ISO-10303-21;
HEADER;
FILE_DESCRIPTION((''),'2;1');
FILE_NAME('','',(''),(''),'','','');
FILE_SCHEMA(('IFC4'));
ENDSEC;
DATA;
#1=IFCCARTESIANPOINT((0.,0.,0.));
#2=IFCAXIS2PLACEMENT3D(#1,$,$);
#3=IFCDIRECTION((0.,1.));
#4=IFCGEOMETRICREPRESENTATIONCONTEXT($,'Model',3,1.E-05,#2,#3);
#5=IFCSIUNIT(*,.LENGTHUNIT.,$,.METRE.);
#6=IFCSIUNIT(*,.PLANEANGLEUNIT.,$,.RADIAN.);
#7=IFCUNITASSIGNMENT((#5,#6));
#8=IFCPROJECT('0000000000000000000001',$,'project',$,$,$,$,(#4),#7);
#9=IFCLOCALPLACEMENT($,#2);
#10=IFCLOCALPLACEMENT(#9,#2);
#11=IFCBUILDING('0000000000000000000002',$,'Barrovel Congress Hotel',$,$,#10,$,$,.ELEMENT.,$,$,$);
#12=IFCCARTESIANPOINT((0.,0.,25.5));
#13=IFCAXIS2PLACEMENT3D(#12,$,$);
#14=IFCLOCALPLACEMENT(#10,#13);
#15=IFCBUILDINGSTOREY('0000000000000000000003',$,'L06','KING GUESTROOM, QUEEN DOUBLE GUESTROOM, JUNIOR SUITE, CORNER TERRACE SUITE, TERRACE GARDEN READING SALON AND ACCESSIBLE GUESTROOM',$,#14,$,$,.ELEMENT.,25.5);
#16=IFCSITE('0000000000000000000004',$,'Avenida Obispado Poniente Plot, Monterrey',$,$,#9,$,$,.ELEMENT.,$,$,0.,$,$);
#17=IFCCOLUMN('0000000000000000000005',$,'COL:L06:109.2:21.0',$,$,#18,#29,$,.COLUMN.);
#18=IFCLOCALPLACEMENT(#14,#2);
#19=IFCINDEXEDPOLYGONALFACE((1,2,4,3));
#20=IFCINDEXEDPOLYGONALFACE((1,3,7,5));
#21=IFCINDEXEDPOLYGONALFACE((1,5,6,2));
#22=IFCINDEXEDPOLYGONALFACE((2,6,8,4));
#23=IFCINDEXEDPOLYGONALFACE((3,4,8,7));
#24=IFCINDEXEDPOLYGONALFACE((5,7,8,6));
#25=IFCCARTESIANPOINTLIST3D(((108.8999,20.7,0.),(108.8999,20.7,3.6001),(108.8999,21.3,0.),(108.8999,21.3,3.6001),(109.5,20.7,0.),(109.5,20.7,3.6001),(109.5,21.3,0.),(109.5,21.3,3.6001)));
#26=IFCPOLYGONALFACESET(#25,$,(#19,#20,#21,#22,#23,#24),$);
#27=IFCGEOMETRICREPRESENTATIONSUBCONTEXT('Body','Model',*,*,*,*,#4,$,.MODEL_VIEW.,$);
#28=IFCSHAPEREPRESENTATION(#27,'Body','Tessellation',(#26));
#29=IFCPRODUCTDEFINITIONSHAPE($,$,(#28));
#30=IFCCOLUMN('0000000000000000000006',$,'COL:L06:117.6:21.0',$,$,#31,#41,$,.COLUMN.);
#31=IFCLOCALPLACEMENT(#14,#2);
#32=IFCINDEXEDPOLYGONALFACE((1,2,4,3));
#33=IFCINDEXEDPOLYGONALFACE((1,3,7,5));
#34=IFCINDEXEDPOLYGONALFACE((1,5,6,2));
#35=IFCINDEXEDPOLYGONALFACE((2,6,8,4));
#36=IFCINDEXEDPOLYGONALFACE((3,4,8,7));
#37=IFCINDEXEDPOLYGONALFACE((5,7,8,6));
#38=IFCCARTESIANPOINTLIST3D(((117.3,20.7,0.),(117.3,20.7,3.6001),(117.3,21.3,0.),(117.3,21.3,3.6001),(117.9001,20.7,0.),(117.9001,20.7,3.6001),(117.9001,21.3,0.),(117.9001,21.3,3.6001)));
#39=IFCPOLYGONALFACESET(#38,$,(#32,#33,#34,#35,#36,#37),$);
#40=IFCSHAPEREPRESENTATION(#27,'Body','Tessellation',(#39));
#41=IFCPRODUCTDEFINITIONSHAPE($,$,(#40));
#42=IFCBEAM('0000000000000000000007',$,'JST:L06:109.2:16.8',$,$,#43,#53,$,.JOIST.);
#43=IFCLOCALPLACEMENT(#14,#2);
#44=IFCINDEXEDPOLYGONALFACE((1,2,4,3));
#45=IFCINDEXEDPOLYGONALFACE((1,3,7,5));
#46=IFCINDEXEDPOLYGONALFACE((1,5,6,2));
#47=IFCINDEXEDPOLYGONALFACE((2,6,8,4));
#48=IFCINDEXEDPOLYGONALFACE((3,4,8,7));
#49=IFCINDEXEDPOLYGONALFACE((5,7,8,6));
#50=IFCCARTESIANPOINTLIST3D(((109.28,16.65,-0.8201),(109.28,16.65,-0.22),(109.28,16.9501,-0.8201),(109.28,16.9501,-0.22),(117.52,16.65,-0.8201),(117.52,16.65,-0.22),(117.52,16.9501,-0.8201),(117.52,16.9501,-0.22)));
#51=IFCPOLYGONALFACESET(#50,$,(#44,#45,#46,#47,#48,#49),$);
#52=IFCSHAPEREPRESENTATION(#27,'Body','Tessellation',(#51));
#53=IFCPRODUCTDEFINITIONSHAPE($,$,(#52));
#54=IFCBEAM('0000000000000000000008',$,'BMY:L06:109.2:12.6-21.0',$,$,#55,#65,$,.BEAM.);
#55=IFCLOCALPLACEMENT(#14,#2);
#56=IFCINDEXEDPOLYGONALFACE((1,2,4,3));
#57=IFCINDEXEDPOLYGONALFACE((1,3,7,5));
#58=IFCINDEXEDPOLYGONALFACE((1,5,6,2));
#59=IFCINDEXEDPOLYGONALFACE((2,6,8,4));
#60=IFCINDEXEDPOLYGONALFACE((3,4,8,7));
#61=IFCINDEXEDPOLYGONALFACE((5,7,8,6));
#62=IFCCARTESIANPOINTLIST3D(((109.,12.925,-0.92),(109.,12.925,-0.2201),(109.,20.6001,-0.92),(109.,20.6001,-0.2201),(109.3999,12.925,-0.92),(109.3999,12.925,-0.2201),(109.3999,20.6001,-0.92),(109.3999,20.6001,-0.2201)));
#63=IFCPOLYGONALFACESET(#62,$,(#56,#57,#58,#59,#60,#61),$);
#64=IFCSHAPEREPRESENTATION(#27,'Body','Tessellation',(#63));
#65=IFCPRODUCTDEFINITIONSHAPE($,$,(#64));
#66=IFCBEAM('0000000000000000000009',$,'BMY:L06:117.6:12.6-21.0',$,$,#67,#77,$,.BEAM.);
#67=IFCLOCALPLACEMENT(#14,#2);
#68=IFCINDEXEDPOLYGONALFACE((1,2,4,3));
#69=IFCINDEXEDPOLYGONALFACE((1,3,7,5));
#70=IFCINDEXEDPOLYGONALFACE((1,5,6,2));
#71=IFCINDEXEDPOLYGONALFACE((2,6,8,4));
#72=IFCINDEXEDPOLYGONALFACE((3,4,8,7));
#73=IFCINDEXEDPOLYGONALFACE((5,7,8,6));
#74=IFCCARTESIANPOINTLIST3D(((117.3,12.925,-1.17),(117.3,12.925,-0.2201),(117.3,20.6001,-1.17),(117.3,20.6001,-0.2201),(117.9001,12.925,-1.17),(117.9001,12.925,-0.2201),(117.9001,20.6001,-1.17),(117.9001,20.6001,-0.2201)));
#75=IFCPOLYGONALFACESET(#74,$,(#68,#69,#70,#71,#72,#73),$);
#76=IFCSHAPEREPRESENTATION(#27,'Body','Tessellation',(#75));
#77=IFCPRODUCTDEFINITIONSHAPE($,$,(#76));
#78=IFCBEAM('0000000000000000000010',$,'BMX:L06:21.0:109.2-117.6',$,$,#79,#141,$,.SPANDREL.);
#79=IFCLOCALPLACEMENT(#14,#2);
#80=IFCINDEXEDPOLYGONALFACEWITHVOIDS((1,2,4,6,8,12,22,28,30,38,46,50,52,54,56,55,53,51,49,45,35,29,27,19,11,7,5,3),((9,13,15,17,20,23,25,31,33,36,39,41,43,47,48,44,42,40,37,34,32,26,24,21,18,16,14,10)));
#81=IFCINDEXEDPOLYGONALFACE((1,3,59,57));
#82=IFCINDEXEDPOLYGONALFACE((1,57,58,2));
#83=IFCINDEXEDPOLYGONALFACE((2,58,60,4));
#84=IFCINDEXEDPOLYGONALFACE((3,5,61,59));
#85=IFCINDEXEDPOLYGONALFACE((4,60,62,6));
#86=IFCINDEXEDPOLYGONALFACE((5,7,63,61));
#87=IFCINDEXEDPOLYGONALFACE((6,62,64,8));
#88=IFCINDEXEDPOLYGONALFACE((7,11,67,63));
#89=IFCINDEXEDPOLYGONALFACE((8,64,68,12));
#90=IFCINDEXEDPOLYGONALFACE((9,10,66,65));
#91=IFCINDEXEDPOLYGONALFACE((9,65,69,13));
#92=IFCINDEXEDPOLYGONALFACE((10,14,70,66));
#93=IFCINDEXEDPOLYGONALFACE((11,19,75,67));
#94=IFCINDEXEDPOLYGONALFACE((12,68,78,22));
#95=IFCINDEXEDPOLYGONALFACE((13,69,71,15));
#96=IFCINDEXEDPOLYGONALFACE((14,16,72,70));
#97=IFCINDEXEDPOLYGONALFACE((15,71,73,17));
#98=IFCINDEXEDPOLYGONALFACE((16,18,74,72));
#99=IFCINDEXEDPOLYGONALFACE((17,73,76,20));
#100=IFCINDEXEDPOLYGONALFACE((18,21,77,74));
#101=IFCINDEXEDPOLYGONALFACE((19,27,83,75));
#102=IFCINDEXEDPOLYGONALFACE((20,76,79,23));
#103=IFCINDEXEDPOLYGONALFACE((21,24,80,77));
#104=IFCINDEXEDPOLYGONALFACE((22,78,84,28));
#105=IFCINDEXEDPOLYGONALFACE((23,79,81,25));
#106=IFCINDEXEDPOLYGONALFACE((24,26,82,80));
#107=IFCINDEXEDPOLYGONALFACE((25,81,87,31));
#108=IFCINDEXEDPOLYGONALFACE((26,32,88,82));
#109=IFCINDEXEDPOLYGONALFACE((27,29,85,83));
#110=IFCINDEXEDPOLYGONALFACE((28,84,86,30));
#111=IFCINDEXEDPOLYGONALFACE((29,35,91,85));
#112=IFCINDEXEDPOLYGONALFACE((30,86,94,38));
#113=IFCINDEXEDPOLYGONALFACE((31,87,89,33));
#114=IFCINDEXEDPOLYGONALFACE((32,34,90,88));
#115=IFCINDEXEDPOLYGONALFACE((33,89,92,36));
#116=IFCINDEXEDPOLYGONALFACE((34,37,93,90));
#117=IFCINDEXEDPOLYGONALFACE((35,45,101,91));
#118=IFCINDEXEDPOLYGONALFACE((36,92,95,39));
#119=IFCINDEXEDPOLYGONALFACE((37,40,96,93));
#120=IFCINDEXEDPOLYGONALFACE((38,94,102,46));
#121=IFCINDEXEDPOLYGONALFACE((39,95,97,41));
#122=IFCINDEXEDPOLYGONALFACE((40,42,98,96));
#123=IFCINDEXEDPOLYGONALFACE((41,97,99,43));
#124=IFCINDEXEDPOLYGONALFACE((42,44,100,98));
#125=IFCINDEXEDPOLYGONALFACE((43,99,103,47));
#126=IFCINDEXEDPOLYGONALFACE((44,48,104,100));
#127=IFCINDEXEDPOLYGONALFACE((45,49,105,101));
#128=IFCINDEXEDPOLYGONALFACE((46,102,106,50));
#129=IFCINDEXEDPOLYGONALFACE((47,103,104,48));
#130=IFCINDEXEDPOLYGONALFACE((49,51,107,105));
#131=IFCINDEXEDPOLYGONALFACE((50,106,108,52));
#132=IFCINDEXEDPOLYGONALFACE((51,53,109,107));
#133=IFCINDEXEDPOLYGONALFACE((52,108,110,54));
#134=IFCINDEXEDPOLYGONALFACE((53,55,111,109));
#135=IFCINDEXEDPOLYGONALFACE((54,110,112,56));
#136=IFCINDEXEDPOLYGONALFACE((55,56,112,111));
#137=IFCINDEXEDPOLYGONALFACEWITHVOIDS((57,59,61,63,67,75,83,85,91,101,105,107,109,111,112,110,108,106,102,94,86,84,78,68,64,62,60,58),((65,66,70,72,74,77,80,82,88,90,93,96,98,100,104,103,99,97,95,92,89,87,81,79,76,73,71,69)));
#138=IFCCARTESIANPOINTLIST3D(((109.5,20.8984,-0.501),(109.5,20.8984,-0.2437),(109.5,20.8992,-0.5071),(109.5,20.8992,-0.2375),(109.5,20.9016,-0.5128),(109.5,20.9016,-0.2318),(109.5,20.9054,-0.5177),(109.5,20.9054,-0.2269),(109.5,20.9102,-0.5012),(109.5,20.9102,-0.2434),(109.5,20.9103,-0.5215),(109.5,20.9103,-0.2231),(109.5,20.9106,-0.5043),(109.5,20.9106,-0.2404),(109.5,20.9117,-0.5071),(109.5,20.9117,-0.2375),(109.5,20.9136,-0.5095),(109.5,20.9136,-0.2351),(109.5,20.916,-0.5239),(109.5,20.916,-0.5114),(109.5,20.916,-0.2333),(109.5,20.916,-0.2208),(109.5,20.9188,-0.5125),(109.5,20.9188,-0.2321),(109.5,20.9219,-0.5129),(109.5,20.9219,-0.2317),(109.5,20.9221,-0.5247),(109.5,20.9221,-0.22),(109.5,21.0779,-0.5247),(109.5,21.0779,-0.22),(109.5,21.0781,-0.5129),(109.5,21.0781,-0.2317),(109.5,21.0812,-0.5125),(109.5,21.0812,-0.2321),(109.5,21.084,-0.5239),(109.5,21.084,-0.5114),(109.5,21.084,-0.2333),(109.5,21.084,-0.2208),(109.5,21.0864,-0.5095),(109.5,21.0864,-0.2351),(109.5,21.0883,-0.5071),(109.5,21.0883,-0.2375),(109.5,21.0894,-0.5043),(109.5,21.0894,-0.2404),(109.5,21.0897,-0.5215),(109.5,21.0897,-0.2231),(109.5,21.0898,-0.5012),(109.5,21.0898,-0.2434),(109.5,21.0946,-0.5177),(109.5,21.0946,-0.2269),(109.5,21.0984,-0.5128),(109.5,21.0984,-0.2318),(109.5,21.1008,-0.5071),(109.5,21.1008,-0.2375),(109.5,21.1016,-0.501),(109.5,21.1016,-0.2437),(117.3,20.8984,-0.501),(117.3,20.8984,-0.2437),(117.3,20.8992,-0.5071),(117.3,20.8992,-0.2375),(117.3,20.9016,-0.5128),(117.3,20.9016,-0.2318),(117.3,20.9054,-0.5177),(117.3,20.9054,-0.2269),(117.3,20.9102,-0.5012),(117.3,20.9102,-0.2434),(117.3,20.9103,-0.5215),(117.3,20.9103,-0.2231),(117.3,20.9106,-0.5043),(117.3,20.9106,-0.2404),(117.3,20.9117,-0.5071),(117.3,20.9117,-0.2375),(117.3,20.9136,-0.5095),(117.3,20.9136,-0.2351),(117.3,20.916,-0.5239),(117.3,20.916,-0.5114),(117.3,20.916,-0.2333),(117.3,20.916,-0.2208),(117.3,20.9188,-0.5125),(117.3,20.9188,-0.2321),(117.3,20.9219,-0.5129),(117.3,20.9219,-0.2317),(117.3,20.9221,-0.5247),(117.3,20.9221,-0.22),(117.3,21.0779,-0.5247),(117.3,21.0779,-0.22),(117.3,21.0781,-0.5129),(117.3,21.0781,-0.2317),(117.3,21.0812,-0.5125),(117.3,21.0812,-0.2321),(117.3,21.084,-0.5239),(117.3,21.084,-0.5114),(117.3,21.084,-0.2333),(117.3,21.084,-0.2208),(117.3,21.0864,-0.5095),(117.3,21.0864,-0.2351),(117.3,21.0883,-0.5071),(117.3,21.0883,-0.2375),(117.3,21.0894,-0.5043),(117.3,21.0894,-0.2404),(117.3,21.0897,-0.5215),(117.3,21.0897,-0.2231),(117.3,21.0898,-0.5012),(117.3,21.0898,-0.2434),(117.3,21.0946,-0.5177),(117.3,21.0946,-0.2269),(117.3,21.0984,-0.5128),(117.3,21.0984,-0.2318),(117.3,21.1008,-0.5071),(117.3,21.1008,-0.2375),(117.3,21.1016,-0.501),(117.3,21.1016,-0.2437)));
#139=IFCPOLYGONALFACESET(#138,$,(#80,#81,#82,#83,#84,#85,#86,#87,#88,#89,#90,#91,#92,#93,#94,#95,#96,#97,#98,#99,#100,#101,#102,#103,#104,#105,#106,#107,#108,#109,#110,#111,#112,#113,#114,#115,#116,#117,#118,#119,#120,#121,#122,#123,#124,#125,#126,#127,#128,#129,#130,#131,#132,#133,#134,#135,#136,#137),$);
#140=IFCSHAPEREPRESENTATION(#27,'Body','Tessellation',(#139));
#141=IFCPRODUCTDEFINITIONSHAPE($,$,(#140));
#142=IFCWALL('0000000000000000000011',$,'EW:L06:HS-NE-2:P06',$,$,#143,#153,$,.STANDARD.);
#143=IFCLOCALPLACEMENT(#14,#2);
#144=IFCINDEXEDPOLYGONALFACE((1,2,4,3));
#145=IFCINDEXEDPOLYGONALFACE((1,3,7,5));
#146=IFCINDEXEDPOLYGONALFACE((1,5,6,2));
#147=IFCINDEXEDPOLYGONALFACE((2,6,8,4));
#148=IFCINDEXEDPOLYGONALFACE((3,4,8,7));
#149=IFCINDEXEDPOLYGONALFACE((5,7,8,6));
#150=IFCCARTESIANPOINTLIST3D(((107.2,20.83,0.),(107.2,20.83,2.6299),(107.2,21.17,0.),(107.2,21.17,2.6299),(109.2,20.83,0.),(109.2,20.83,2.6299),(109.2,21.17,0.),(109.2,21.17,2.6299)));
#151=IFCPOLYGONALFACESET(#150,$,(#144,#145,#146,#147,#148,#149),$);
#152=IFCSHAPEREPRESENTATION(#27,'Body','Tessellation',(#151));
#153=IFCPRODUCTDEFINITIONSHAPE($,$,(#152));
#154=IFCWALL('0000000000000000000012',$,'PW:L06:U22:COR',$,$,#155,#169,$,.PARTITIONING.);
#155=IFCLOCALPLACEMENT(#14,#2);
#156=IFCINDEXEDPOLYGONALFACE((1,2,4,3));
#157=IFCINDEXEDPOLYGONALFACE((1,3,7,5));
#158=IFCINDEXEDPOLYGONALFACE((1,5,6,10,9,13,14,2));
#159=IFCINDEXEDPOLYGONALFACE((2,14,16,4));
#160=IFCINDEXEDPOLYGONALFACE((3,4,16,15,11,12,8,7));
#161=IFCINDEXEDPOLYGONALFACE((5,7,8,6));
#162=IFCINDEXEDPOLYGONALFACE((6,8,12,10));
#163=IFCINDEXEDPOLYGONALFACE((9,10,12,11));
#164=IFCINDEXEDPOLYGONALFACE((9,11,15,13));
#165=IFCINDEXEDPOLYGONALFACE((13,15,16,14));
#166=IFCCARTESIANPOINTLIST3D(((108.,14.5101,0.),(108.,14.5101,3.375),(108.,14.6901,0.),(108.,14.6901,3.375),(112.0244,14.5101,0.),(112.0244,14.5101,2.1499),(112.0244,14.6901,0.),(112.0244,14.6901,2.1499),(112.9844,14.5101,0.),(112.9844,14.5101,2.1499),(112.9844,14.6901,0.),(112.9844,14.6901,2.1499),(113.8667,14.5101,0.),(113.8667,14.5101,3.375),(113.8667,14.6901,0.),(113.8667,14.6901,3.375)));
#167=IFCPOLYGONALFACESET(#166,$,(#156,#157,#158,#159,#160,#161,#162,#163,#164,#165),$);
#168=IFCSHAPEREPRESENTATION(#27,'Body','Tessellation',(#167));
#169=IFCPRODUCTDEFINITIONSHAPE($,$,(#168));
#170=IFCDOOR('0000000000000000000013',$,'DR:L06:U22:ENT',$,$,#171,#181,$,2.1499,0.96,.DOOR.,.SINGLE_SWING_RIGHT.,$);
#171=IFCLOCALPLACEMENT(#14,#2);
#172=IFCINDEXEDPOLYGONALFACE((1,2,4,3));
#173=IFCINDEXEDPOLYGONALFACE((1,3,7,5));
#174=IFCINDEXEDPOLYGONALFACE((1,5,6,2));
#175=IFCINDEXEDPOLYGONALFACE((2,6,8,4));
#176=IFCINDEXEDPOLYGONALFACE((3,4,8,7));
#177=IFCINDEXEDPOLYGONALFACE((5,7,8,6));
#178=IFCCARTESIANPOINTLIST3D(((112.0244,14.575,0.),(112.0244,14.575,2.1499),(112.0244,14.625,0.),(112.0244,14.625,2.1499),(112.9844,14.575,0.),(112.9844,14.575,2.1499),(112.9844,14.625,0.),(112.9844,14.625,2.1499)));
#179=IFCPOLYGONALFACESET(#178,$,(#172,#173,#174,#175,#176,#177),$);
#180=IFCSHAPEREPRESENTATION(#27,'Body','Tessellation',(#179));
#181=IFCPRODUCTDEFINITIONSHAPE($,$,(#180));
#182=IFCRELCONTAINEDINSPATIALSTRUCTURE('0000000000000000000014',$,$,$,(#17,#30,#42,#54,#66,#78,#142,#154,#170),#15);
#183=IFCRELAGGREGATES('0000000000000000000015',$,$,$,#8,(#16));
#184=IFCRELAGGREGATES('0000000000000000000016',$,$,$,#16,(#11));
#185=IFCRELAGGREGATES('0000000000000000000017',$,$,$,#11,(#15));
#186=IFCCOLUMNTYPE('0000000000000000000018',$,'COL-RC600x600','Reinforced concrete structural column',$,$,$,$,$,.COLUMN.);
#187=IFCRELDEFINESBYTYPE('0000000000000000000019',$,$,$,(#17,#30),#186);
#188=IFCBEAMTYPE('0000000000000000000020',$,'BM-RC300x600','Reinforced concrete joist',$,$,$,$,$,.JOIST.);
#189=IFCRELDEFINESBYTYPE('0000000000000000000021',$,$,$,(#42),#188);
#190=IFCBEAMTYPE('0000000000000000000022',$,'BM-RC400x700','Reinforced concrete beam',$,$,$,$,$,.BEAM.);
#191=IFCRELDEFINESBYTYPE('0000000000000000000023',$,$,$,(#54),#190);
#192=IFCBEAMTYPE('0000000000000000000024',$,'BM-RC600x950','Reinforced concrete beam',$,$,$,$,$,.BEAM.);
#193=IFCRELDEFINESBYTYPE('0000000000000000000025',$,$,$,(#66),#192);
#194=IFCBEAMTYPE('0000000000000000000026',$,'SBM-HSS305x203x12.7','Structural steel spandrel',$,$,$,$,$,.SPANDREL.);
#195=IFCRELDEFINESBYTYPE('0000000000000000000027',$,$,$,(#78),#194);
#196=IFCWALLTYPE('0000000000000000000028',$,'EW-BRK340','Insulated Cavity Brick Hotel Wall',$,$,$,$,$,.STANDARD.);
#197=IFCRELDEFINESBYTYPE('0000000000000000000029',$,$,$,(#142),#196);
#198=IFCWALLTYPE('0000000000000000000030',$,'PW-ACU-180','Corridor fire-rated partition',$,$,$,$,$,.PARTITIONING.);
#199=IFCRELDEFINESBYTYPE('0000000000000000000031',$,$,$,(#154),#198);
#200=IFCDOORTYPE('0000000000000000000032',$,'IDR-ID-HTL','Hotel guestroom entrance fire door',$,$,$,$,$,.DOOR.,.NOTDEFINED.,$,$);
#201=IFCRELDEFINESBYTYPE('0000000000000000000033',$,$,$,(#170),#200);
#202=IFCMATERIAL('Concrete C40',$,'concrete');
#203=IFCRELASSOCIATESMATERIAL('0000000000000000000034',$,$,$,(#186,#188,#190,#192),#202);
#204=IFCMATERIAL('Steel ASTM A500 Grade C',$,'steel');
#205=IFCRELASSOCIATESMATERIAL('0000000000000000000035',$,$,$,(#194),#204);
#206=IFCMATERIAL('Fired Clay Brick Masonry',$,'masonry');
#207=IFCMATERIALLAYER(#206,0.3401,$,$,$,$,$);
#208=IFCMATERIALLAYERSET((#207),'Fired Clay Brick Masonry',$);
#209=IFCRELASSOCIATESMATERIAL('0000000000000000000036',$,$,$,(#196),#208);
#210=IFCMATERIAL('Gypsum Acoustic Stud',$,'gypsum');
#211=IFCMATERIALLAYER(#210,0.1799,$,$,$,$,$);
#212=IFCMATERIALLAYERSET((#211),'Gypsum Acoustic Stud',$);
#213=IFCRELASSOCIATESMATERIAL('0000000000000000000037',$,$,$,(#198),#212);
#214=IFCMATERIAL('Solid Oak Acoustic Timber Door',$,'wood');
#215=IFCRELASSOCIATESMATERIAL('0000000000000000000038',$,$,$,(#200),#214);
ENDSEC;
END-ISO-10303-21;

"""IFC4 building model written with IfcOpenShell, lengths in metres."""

from ifc_helpers import new_model, si_unit, direction, frame, frame_2d, origin, origin_2d, place, context, subcontext, project, spatial, rectangle, hollow_rectangle, extrude, material, layer, layer_set, material_profile, profile_set, type_object, element, fill, save


model = new_model("IFC4")

# Units and contexts
model_context = context("Model", 3, precision=1e-05, world=origin(), true_north=direction((0.0, 1.0)))
body_context = subcontext(model_context, "Body", "Model", "MODEL_VIEW")
ifc_project = project(units=[si_unit("LENGTHUNIT", "METRE"), si_unit("PLANEANGLEUNIT", "RADIAN")], contexts=[model_context])

# Site, building, storey
site_placement = place(None, origin())
site = spatial("IfcSite", under=ifc_project, at=site_placement, Name="Avenida Obispado Poniente Plot, Monterrey", CompositionType="ELEMENT", RefElevation=0.0)
building_placement = place(site_placement, origin())
building = spatial("IfcBuilding", under=site, at=building_placement, Name="Barrovel Congress Hotel", CompositionType="ELEMENT")
storey_placement = place(building_placement, frame((0.0, 0.0, 25.5)))
storey = spatial("IfcBuildingStorey", under=building, at=storey_placement, Name="L06", Description="KING GUESTROOM, QUEEN DOUBLE GUESTROOM, JUNIOR SUITE, CORNER TERRACE SUITE, TERRACE GARDEN READING SALON AND ACCESSIBLE GUESTROOM", CompositionType="ELEMENT", Elevation=25.5)

# Columns
ifc_material_1 = material(Name="Concrete C40", Category="concrete")
ifc_material_profile_1 = material_profile(ifc_material_1, rectangle(XDim=0.6001, YDim=0.6001, at=origin_2d()), Name="RC600x600")
ifc_profile_set_1 = profile_set([ifc_material_profile_1], Name="Concrete C40")
column_type = type_object("IfcColumnType", Name="COL-RC600x600", Description="Reinforced concrete structural column", PredefinedType="COLUMN", material=ifc_profile_set_1)
for number, where, z_axis, x_axis, name in (
    (1, (109.2, 21.0, 0.0), (0.0, 0.0, 1.0), (1.0, 0.0, 0.0), "COL:L06:109.2:21.0"),
    (2, (117.6001, 21.0, 0.0), (0.0, 0.0, 1.0), (1.0, 0.0, 0.0), "COL:L06:117.6:21.0"),
):
    element("IfcColumn", number, at=place(storey_placement, frame(where, z_axis=z_axis, x_axis=x_axis)), inside=storey, type_object=column_type, Name=name, PredefinedType="COLUMN", context=body_context, shape_type="SweptSolid", body=[
        extrude(rectangle(XDim=0.6001, YDim=0.6001, at=origin_2d()), origin(), (0.0, 0.0, 1.0), 3.6001),
    ])

# Beams
ifc_material_profile_2 = material_profile(ifc_material_1, rectangle(XDim=0.3, YDim=0.6001, at=origin_2d()), Name="RC300x600")
ifc_profile_set_2 = profile_set([ifc_material_profile_2], Name="Concrete C40")
beam_type_1 = type_object("IfcBeamType", Name="BM-RC300x600", Description="Reinforced concrete joist", PredefinedType="JOIST", material=ifc_profile_set_2)
beam_1_placement = place(storey_placement, frame((109.28, 16.8, -0.52), z_axis=(1.0, 0.0, 0.0), x_axis=(0.0, 1.0, 0.0)))
element("IfcBeam", 3, at=beam_1_placement, inside=storey, type_object=beam_type_1, Name="JST:L06:109.2:16.8", PredefinedType="JOIST", context=body_context, shape_type="SweptSolid", body=[
    extrude(rectangle(XDim=0.3, YDim=0.6001, at=origin_2d()), origin(), (0.0, 0.0, 1.0), 8.24),
])
ifc_material_profile_3 = material_profile(ifc_material_1, rectangle(XDim=0.3999, YDim=0.7, at=origin_2d()), Name="RC400x700")
ifc_profile_set_3 = profile_set([ifc_material_profile_3], Name="Concrete C40")
beam_type_2 = type_object("IfcBeamType", Name="BM-RC400x700", Description="Reinforced concrete beam", PredefinedType="BEAM", material=ifc_profile_set_3)
beam_2_placement = place(storey_placement, frame((109.2, 12.925, -0.5701), z_axis=(0.0, 1.0, 0.0), x_axis=(-1.0, 0.0, 0.0)))
element("IfcBeam", 4, at=beam_2_placement, inside=storey, type_object=beam_type_2, Name="BMY:L06:109.2:12.6-21.0", PredefinedType="BEAM", context=body_context, shape_type="SweptSolid", body=[
    extrude(rectangle(XDim=0.3999, YDim=0.7, at=origin_2d()), origin(), (0.0, 0.0, 1.0), 7.675),
])
ifc_material_profile_4 = material_profile(ifc_material_1, rectangle(XDim=0.6001, YDim=0.95, at=origin_2d()), Name="RC600x950")
ifc_profile_set_4 = profile_set([ifc_material_profile_4], Name="Concrete C40")
beam_type_3 = type_object("IfcBeamType", Name="BM-RC600x950", Description="Reinforced concrete beam", PredefinedType="BEAM", material=ifc_profile_set_4)
beam_3_placement = place(storey_placement, frame((117.6001, 12.925, -0.6951), z_axis=(0.0, 1.0, 0.0), x_axis=(-1.0, 0.0, 0.0)))
element("IfcBeam", 5, at=beam_3_placement, inside=storey, type_object=beam_type_3, Name="BMY:L06:117.6:12.6-21.0", PredefinedType="BEAM", context=body_context, shape_type="SweptSolid", body=[
    extrude(rectangle(XDim=0.6001, YDim=0.95, at=origin_2d()), origin(), (0.0, 0.0, 1.0), 7.675),
])
ifc_material_2 = material(Name="Steel ASTM A500 Grade C", Category="steel")
ifc_material_profile_5 = material_profile(ifc_material_2, hollow_rectangle(XDim=0.2031, YDim=0.3047, WallThickness=0.0117, InnerFilletRadius=0.0117, OuterFilletRadius=0.0237, at=origin_2d()), Name="HSS305x203x12.7")
ifc_profile_set_5 = profile_set([ifc_material_profile_5], Name="Steel ASTM A500 Grade C")
beam_type_4 = type_object("IfcBeamType", Name="SBM-HSS305x203x12.7", Description="Structural steel spandrel", PredefinedType="SPANDREL", material=ifc_profile_set_5)
beam_4_placement = place(storey_placement, frame((109.5, 21.0, -0.3723), z_axis=(1.0, 0.0, 0.0), x_axis=(0.0, 1.0, 0.0)))
element("IfcBeam", 6, at=beam_4_placement, inside=storey, type_object=beam_type_4, Name="BMX:L06:21.0:109.2-117.6", PredefinedType="SPANDREL", context=body_context, shape_type="SweptSolid", body=[
    extrude(hollow_rectangle(XDim=0.2031, YDim=0.3047, WallThickness=0.0117, InnerFilletRadius=0.0117, OuterFilletRadius=0.0237, at=origin_2d()), origin(), (0.0, 0.0, 1.0), 7.8),
])

# Wall
ifc_material_3 = material(Name="Fired Clay Brick Masonry", Category="masonry")
ifc_layer_1 = layer(ifc_material_3, 0.3401)
ifc_layer_set_1 = layer_set([ifc_layer_1], Name="Fired Clay Brick Masonry")
wall_type_1 = type_object("IfcWallType", Name="EW-BRK340", Description="Insulated Cavity Brick Hotel Wall", PredefinedType="STANDARD", material=ifc_layer_set_1)
wall_1_placement = place(storey_placement, frame((109.2, 21.0, 0.0), z_axis=(0.0, 0.0, 1.0), x_axis=(-1.0, 0.0, 0.0)))
element("IfcWall", 7, at=wall_1_placement, inside=storey, type_object=wall_type_1, Name="EW:L06:HS-NE-2:P06", PredefinedType="STANDARD", context=body_context, shape_type="SweptSolid", body=[
    extrude(rectangle(XDim=2.0, YDim=0.3401, at=frame_2d((1.0, 0.0))), origin(), (0.0, 0.0, 1.0), 2.6299),
])

# Wall, opening, door
ifc_material_4 = material(Name="Gypsum Acoustic Stud", Category="gypsum")
ifc_layer_2 = layer(ifc_material_4, 0.1799)
ifc_layer_set_2 = layer_set([ifc_layer_2], Name="Gypsum Acoustic Stud")
wall_type_2 = type_object("IfcWallType", Name="PW-ACU-180", Description="Corridor fire-rated partition", PredefinedType="PARTITIONING", material=ifc_layer_set_2)
wall_2_placement = place(storey_placement, frame((108.0, 14.6001, 0.0), z_axis=(0.0, 0.0, 1.0), x_axis=(1.0, 0.0, 0.0)))
wall_2 = element("IfcWall", 8, at=wall_2_placement, inside=storey, type_object=wall_type_2, Name="PW:L06:U22:COR", PredefinedType="PARTITIONING", context=body_context, shape_type="SweptSolid", body=[
    extrude(rectangle(XDim=5.8667, YDim=0.1799, at=frame_2d((2.9333, 0.0))), origin(), (0.0, 0.0, 1.0), 3.375),
])
opening_1_placement = place(wall_2_placement, frame((4.0244, 0.0, 0.0)))
opening_1 = element("IfcOpeningElement", 9, at=opening_1_placement, cuts=wall_2, PredefinedType="OPENING", context=body_context, shape_type="SweptSolid", body=[
    extrude(rectangle(XDim=0.96, YDim=2.1499, at=frame_2d((0.48, 1.075))), frame((0.0, 0.1001, 0.0), z_axis=(0.0, -1.0, 0.0), x_axis=(1.0, 0.0, 0.0)), (0.0, 0.0, 1.0), 0.2),
])
ifc_material_5 = material(Name="Solid Oak Acoustic Timber Door", Category="wood")
door_type_1 = type_object("IfcDoorType", Name="IDR-ID-HTL", Description="Hotel guestroom entrance fire door", OperationType="NOTDEFINED", PredefinedType="DOOR", material=ifc_material_5)
door_1_placement = place(opening_1_placement, origin())
door_1 = element("IfcDoor", 10, at=door_1_placement, inside=storey, type_object=door_type_1, Name="DR:L06:U22:ENT", OperationType="SINGLE_SWING_RIGHT", OverallHeight=2.1499, OverallWidth=0.96, PredefinedType="DOOR", context=body_context, shape_type="SweptSolid", body=[
    extrude(rectangle(XDim=0.96, YDim=2.1499, at=frame_2d((0.48, 1.075))), frame((0.0, 0.0249, 0.0), z_axis=(0.0, -1.0, 0.0), x_axis=(1.0, 0.0, 0.0)), (0.0, 0.0, 1.0), 0.05),
])
fill(opening_1, door_1)

save(model, "model.ifc")
